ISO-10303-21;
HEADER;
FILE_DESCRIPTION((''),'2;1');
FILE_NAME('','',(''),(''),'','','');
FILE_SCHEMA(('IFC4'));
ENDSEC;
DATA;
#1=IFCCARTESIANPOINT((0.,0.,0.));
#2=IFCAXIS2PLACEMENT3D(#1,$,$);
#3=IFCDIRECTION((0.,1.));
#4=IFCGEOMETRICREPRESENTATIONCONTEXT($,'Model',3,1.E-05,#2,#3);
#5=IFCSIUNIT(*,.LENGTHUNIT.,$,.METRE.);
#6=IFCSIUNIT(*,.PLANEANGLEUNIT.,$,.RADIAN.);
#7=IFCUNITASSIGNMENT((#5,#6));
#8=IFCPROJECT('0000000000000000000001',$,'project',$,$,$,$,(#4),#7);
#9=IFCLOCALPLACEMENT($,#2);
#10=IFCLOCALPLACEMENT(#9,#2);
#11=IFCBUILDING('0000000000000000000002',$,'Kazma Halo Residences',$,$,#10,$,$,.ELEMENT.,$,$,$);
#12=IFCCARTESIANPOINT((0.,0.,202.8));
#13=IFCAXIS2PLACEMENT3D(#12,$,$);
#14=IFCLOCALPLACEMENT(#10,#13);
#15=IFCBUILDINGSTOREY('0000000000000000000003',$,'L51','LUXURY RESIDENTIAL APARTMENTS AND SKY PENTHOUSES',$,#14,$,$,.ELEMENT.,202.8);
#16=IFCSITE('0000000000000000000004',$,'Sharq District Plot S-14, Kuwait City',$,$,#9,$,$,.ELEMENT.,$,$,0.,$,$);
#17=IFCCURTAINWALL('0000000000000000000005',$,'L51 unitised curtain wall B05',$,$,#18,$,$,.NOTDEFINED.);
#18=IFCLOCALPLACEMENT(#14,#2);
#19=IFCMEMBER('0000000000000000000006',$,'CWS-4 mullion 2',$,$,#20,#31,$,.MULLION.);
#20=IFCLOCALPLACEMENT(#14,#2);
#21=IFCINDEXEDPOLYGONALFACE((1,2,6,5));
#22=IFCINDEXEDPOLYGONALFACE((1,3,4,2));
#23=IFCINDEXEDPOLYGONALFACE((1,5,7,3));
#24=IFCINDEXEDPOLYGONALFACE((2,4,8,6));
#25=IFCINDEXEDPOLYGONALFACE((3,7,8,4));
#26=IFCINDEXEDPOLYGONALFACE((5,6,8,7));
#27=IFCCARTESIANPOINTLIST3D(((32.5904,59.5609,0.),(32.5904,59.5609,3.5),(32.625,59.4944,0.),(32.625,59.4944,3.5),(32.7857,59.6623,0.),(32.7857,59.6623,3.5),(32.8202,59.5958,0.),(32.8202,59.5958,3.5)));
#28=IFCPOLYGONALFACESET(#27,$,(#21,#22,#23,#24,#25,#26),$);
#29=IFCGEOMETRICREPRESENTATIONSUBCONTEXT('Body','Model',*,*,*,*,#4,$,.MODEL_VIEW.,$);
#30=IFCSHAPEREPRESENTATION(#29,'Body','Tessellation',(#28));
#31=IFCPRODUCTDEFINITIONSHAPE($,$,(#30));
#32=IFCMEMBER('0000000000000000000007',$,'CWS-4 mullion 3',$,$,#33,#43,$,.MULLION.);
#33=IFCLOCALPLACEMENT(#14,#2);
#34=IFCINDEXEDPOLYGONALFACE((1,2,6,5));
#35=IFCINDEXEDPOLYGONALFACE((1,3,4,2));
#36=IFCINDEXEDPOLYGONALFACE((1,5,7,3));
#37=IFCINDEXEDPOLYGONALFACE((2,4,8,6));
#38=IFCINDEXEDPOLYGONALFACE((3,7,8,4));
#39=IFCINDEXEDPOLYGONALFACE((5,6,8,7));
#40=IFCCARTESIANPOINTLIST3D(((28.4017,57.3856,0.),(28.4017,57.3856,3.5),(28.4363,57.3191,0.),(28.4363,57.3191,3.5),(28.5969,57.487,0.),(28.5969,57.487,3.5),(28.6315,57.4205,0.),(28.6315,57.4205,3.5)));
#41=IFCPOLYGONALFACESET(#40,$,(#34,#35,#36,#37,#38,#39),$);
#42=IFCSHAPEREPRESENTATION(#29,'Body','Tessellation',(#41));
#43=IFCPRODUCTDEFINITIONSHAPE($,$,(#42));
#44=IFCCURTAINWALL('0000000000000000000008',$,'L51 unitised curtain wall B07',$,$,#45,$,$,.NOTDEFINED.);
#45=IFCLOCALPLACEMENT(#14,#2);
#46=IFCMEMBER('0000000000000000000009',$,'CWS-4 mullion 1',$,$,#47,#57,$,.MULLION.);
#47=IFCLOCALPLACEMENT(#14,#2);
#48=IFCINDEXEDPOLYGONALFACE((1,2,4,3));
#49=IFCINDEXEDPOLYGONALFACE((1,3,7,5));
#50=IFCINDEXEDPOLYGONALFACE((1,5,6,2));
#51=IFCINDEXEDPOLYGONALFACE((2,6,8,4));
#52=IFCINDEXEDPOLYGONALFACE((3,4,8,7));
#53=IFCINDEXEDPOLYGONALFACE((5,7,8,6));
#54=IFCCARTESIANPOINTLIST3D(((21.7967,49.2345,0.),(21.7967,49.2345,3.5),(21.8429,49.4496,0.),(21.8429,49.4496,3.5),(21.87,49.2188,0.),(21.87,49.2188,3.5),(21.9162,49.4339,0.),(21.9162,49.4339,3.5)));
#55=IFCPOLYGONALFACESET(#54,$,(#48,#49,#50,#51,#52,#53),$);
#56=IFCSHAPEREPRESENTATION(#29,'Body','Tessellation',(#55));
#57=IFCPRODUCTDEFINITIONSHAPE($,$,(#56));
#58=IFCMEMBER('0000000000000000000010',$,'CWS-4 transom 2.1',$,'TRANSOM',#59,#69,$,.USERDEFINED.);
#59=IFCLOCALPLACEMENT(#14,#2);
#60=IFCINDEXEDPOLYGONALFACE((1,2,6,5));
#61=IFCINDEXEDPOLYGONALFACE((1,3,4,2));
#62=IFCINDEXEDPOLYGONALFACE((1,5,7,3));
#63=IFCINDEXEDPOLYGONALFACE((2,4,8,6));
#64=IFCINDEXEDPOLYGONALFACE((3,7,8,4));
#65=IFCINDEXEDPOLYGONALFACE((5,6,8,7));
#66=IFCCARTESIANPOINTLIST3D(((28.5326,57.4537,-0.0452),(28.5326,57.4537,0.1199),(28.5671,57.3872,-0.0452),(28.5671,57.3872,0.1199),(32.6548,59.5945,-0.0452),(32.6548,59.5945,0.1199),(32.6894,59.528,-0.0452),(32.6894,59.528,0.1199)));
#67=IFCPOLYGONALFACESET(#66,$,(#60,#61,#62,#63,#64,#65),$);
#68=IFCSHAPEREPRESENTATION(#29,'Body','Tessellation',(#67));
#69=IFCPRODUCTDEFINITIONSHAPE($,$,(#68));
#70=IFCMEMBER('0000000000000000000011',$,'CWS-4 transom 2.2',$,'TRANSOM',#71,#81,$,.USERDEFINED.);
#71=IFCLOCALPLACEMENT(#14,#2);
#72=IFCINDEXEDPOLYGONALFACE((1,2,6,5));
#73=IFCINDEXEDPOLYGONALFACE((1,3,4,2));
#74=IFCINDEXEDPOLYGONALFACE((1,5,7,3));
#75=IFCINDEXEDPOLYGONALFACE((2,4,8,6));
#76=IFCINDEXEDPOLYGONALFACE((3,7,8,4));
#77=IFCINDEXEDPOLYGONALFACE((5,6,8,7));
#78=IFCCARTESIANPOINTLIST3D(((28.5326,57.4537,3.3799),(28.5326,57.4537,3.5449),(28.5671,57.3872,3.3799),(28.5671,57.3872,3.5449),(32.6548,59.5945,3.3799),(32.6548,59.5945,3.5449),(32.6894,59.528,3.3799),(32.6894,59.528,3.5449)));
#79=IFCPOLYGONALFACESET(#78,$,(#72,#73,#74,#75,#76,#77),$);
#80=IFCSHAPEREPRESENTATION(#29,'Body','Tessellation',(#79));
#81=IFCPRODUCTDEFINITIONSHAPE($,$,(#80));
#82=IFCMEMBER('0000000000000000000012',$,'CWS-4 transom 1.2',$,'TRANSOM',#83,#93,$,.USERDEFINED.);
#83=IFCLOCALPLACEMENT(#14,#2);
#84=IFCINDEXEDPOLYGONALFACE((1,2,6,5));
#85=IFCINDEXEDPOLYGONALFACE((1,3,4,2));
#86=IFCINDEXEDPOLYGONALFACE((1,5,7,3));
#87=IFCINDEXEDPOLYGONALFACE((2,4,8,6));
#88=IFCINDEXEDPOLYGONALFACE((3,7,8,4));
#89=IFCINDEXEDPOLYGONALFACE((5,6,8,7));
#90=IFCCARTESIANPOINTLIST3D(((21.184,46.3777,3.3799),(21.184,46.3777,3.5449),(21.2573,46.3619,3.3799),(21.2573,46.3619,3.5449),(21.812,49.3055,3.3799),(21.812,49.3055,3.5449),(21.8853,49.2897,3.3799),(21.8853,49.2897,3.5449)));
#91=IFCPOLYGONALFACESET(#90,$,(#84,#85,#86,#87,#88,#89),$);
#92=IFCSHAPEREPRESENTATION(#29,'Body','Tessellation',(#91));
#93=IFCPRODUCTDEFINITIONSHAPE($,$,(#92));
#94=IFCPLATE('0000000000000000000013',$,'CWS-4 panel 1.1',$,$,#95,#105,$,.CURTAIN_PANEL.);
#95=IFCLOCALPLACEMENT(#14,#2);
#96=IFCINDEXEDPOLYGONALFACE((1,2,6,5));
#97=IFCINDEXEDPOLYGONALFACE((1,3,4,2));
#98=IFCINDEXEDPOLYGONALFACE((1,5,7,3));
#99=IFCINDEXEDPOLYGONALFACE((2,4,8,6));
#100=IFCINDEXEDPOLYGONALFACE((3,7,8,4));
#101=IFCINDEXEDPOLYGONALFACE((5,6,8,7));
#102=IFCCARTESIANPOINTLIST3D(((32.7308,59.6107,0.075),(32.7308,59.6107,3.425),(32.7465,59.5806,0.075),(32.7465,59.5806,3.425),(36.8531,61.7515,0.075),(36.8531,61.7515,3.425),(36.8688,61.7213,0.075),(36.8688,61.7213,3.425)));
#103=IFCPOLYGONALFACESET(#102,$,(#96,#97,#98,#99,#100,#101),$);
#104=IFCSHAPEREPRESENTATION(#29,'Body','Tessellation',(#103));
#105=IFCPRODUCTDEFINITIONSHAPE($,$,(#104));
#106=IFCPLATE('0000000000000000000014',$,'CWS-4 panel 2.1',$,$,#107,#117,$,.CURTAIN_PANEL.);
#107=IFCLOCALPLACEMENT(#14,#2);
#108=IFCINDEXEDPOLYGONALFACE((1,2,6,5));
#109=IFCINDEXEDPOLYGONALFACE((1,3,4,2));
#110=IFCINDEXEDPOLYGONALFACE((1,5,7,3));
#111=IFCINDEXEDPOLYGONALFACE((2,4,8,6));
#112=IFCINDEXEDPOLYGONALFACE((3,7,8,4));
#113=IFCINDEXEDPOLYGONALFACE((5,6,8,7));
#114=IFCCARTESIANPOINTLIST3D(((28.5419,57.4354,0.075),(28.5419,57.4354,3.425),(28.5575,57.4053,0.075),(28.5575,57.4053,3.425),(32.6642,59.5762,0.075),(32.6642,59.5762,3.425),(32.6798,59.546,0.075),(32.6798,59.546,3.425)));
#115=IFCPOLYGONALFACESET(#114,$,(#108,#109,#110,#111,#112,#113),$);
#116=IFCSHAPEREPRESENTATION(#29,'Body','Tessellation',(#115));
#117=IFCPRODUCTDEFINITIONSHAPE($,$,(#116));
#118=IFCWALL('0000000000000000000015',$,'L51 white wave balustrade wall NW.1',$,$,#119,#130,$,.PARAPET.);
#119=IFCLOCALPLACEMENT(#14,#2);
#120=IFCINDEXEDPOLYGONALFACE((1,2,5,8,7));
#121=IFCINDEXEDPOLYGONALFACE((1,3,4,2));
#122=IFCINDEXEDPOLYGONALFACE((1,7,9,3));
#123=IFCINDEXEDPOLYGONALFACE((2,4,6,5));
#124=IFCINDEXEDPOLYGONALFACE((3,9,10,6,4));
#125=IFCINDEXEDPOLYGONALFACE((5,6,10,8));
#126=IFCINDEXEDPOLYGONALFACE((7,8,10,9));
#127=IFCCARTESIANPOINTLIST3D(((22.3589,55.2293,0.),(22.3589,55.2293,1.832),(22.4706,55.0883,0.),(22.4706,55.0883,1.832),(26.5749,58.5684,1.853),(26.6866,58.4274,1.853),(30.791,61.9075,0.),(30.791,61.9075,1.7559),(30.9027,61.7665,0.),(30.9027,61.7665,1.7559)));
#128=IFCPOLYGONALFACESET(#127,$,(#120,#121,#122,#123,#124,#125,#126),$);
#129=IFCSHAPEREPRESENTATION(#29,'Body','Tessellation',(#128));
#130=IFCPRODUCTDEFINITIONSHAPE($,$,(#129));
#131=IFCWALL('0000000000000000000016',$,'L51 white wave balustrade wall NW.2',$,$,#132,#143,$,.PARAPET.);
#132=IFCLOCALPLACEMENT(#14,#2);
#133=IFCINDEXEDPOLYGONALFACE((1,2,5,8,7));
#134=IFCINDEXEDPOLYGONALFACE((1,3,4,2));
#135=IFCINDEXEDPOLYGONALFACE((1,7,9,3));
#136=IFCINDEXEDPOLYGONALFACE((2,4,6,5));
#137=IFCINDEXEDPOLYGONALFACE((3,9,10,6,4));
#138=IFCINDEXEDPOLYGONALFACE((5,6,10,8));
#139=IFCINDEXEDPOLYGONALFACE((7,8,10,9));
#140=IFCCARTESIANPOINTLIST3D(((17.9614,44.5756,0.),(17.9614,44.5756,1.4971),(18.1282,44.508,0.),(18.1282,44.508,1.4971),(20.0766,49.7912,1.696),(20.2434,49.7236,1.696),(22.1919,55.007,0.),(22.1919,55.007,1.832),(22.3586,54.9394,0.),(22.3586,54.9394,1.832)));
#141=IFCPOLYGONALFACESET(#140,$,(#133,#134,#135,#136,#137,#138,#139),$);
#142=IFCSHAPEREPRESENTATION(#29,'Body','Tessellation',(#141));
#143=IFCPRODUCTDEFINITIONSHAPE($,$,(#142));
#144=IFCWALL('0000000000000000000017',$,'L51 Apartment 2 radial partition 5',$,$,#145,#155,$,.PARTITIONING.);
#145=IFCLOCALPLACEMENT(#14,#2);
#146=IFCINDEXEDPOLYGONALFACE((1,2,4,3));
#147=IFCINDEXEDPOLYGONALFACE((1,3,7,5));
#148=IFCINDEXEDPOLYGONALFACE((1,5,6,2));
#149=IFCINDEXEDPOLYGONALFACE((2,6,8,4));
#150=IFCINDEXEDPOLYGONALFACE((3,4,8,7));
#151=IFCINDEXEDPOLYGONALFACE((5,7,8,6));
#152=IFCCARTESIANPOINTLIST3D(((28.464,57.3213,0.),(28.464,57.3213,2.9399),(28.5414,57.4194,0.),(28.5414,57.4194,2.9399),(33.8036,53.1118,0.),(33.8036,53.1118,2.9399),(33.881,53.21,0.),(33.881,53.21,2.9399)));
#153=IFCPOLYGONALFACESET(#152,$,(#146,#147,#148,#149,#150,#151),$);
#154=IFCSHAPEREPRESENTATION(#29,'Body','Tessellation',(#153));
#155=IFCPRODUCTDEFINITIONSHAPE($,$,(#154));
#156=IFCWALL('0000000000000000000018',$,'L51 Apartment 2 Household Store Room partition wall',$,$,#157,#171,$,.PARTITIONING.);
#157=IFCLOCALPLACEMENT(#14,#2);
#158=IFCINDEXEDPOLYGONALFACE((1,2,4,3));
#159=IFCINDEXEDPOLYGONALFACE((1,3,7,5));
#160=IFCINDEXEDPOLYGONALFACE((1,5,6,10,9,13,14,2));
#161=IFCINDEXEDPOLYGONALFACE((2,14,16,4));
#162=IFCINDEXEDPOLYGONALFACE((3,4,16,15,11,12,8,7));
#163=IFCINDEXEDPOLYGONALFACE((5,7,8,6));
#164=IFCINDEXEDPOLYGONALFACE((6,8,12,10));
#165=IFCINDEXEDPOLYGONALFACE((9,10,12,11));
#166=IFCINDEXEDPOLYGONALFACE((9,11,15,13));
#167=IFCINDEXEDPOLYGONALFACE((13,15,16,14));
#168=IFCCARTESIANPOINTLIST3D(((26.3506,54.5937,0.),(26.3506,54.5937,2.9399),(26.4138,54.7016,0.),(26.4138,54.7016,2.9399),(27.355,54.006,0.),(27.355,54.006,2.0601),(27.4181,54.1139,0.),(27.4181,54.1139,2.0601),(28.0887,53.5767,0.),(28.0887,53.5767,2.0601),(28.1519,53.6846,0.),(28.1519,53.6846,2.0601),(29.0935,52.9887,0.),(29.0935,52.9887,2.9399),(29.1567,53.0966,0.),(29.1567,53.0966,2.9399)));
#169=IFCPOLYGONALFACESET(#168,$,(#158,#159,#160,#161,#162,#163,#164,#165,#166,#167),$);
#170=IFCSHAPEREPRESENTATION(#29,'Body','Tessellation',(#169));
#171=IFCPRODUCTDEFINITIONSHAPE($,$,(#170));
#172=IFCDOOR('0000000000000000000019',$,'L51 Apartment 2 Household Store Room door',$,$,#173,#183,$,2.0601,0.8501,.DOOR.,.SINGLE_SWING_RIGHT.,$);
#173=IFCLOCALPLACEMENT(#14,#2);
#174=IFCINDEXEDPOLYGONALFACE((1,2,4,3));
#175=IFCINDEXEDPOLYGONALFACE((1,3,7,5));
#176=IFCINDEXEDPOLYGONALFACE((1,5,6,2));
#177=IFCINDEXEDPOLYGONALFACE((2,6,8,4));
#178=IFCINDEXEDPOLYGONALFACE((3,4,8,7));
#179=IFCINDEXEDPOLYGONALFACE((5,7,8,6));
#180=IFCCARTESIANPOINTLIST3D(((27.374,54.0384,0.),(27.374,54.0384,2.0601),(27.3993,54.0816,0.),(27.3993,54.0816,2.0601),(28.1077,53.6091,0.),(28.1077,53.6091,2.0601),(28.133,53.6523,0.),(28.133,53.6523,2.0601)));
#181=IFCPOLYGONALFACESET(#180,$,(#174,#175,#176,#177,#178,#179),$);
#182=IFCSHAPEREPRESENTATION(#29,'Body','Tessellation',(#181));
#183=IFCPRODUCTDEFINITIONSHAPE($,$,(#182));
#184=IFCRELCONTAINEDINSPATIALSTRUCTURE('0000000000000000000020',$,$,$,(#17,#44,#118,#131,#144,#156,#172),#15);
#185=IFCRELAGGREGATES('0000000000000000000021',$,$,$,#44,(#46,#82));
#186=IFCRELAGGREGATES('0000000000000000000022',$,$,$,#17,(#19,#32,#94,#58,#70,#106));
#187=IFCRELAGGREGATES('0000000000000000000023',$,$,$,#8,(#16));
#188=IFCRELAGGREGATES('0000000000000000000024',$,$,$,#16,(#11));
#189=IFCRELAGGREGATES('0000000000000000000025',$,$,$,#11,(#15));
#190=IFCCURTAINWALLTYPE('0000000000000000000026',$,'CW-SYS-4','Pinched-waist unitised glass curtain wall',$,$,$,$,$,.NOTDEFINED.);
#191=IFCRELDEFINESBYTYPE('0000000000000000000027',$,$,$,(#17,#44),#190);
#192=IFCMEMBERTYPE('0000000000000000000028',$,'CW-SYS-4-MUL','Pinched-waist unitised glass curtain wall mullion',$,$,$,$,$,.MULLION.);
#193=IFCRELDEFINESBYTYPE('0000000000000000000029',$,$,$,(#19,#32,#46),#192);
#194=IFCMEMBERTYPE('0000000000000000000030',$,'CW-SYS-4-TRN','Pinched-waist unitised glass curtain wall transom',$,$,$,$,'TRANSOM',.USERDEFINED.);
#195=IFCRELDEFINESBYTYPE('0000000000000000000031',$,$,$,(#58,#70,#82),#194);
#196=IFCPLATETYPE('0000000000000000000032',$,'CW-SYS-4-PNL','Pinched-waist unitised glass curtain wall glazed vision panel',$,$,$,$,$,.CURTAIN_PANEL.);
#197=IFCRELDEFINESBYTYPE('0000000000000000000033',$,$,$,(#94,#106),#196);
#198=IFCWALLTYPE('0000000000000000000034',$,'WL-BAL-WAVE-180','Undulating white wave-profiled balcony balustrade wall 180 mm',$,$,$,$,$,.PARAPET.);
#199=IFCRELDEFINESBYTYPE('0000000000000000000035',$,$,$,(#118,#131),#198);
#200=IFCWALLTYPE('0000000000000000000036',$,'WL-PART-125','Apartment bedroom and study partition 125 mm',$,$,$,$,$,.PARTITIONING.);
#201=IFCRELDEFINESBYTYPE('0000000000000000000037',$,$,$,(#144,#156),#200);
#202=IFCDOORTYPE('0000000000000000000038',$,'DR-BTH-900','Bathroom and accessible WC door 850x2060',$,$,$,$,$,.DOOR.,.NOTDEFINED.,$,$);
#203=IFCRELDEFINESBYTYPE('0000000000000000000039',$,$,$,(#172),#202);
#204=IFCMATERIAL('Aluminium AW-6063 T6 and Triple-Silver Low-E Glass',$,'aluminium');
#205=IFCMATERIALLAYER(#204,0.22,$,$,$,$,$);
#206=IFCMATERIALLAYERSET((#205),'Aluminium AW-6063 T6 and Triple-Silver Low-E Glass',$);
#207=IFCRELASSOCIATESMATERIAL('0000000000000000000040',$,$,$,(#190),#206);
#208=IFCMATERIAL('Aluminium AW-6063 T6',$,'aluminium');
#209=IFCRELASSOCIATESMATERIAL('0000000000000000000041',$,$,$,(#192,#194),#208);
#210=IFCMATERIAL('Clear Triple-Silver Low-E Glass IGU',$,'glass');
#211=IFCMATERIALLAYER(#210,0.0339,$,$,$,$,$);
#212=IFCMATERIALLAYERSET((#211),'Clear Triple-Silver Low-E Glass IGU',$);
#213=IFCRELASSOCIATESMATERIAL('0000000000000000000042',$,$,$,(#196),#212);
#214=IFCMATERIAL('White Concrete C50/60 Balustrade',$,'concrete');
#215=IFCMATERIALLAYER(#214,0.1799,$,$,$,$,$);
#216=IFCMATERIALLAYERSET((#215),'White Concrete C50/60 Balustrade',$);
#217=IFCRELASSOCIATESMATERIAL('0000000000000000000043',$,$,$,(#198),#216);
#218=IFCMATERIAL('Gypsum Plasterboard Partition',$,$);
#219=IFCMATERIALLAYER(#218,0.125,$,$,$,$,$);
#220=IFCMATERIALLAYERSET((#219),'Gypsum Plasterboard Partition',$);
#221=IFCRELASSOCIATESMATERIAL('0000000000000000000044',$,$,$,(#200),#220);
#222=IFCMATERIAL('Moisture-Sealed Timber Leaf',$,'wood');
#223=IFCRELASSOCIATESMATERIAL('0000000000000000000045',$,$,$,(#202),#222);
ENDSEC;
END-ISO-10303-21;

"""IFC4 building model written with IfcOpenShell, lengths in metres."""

from ifc_helpers import new_model, si_unit, direction, frame, frame_2d, origin, origin_2d, place, context, subcontext, project, spatial, polyline, rectangle, outline, extrude, material, layer, layer_set, material_profile, profile_set, type_object, element, fill, aggregate, save


model = new_model("IFC4")

# Units and contexts
model_context = context("Model", 3, precision=1e-05, world=origin(), true_north=direction((0.0, 1.0)))
body_context = subcontext(model_context, "Body", "Model", "MODEL_VIEW")
ifc_project = project(units=[si_unit("LENGTHUNIT", "METRE"), si_unit("PLANEANGLEUNIT", "RADIAN")], contexts=[model_context])

# Site, building, storey
site_placement = place(None, origin())
site = spatial("IfcSite", under=ifc_project, at=site_placement, Name="Sharq District Plot S-14, Kuwait City", CompositionType="ELEMENT", RefElevation=0.0)
building_placement = place(site_placement, origin())
building = spatial("IfcBuilding", under=site, at=building_placement, Name="Kazma Halo Residences", CompositionType="ELEMENT")
storey_placement = place(building_placement, frame((0.0, 0.0, 202.8)))
storey = spatial("IfcBuildingStorey", under=building, at=storey_placement, Name="L51", Description="LUXURY RESIDENTIAL APARTMENTS AND SKY PENTHOUSES", CompositionType="ELEMENT", Elevation=202.8)

# Curtain wall, members
ifc_material_1 = material(Name="Aluminium AW-6063 T6 and Triple-Silver Low-E Glass", Category="aluminium")
ifc_layer_1 = layer(ifc_material_1, 0.22)
ifc_layer_set_1 = layer_set([ifc_layer_1], Name="Aluminium AW-6063 T6 and Triple-Silver Low-E Glass")
curtain_wall_type = type_object("IfcCurtainWallType", Name="CW-SYS-4", Description="Pinched-waist unitised glass curtain wall", PredefinedType="NOTDEFINED", material=ifc_layer_set_1)
curtain_wall_1_placement = place(storey_placement, origin())
curtain_wall_1 = element("IfcCurtainWall", 1, at=curtain_wall_1_placement, inside=storey, type_object=curtain_wall_type, Name="L51 unitised curtain wall B05", PredefinedType="NOTDEFINED")
ifc_material_2 = material(Name="Aluminium AW-6063 T6", Category="aluminium")
ifc_material_profile_1 = material_profile(ifc_material_2, rectangle(XDim=0.075, YDim=0.22, at=origin_2d()), Name="CWM-75x220")
ifc_profile_set_1 = profile_set([ifc_material_profile_1], Name="Aluminium AW-6063 T6")
member_type_1 = type_object("IfcMemberType", Name="CW-SYS-4-MUL", Description="Pinched-waist unitised glass curtain wall mullion", PredefinedType="MULLION", material=ifc_profile_set_1)
member_1_placement = place(storey_placement, frame((32.7053, 59.5784, 0.0), z_axis=(0.0, 0.0, 1.0), x_axis=(0.460874, -0.887466, 0.0)))
member_1 = element("IfcMember", 2, at=member_1_placement, type_object=member_type_1, Name="CWS-4 mullion 2", PredefinedType="MULLION", context=body_context, shape_type="SweptSolid", body=[
    extrude(rectangle(XDim=0.075, YDim=0.22, at=origin_2d()), origin(), (0.0, 0.0, 1.0), 3.5),
])
member_2_placement = place(storey_placement, frame((28.5166, 57.4031, 0.0), z_axis=(0.0, 0.0, 1.0), x_axis=(0.460874, -0.887466, 0.0)))
member_2 = element("IfcMember", 3, at=member_2_placement, type_object=member_type_1, Name="CWS-4 mullion 3", PredefinedType="MULLION", context=body_context, shape_type="SweptSolid", body=[
    extrude(rectangle(XDim=0.075, YDim=0.22, at=origin_2d()), origin(), (0.0, 0.0, 1.0), 3.5),
])

# Curtain wall, member
curtain_wall_2_placement = place(storey_placement, origin())
curtain_wall_2 = element("IfcCurtainWall", 4, at=curtain_wall_2_placement, inside=storey, type_object=curtain_wall_type, Name="L51 unitised curtain wall B07", PredefinedType="NOTDEFINED")
member_3_placement = place(storey_placement, frame((21.8564, 49.3342, 0.0), z_axis=(0.0, 0.0, 1.0), x_axis=(0.977768, -0.20969, 0.0)))
member_3 = element("IfcMember", 5, at=member_3_placement, type_object=member_type_1, Name="CWS-4 mullion 1", PredefinedType="MULLION", context=body_context, shape_type="SweptSolid", body=[
    extrude(rectangle(XDim=0.075, YDim=0.22, at=origin_2d()), origin(), (0.0, 0.0, 1.0), 3.5),
])

# Members
ifc_material_profile_2 = material_profile(ifc_material_2, rectangle(XDim=0.075, YDim=0.165, at=origin_2d()), Name="CWT-75x165")
ifc_profile_set_2 = profile_set([ifc_material_profile_2], Name="Aluminium AW-6063 T6")
member_type_2 = type_object("IfcMemberType", Name="CW-SYS-4-TRN", Description="Pinched-waist unitised glass curtain wall transom", ElementType="TRANSOM", PredefinedType="USERDEFINED", material=ifc_profile_set_2)
member_4_placement = place(storey_placement, frame((32.6721, 59.5613, 0.0374), z_axis=(-0.887458, -0.460889, 0.0), x_axis=(0.460889, -0.887458, 0.0)))
member_4 = element("IfcMember", 6, at=member_4_placement, type_object=member_type_2, Name="CWS-4 transom 2.1", ObjectType="TRANSOM", PredefinedType="USERDEFINED", context=body_context, shape_type="SweptSolid", body=[
    extrude(rectangle(XDim=0.075, YDim=0.165, at=origin_2d()), origin(), (0.0, 0.0, 1.0), 4.645),
])
member_5_placement = place(storey_placement, frame((32.6721, 59.5613, 3.4624), z_axis=(-0.887458, -0.460889, 0.0), x_axis=(0.460889, -0.887458, 0.0)))
member_5 = element("IfcMember", 7, at=member_5_placement, type_object=member_type_2, Name="CWS-4 transom 2.2", ObjectType="TRANSOM", PredefinedType="USERDEFINED", context=body_context, shape_type="SweptSolid", body=[
    extrude(rectangle(XDim=0.075, YDim=0.165, at=origin_2d()), origin(), (0.0, 0.0, 1.0), 4.645),
])
member_6_placement = place(storey_placement, frame((21.8486, 49.2976, 3.4624), z_axis=(-0.209707, -0.977764, 0.0), x_axis=(0.977764, -0.209707, 0.0)))
member_6 = element("IfcMember", 8, at=member_6_placement, type_object=member_type_2, Name="CWS-4 transom 1.2", ObjectType="TRANSOM", PredefinedType="USERDEFINED", context=body_context, shape_type="SweptSolid", body=[
    extrude(rectangle(XDim=0.075, YDim=0.165, at=origin_2d()), origin(), (0.0, 0.0, 1.0), 2.9944),
])
aggregate(curtain_wall_2, [member_3, member_6])

# Plates
ifc_material_3 = material(Name="Clear Triple-Silver Low-E Glass IGU", Category="glass")
ifc_layer_2 = layer(ifc_material_3, 0.0339)
ifc_layer_set_2 = layer_set([ifc_layer_2], Name="Clear Triple-Silver Low-E Glass IGU")
plate_type = type_object("IfcPlateType", Name="CW-SYS-4-PNL", Description="Pinched-waist unitised glass curtain wall glazed vision panel", PredefinedType="CURTAIN_PANEL", material=ifc_layer_set_2)
plate_1_placement = place(storey_placement, frame((34.7998, 60.666, 0.075), z_axis=(0.0, 0.0, 1.0), x_axis=(-0.887466, -0.460874, 0.0)))
plate_1 = element("IfcPlate", 9, at=plate_1_placement, type_object=plate_type, Name="CWS-4 panel 1.1", PredefinedType="CURTAIN_PANEL", context=body_context, shape_type="SweptSolid", body=[
    extrude(rectangle(XDim=4.645, YDim=0.0339, at=origin_2d()), origin(), (0.0, 0.0, 1.0), 3.3501),
])
plate_2_placement = place(storey_placement, frame((30.6108, 58.4907, 0.075), z_axis=(0.0, 0.0, 1.0), x_axis=(-0.887466, -0.460874, 0.0)))
plate_2 = element("IfcPlate", 10, at=plate_2_placement, type_object=plate_type, Name="CWS-4 panel 2.1", PredefinedType="CURTAIN_PANEL", context=body_context, shape_type="SweptSolid", body=[
    extrude(rectangle(XDim=4.645, YDim=0.0339, at=origin_2d()), origin(), (0.0, 0.0, 1.0), 3.3501),
])
aggregate(curtain_wall_1, [member_1, member_2, plate_1, member_4, member_5, plate_2])

# Walls
ifc_material_4 = material(Name="White Concrete C50/60 Balustrade", Category="concrete")
ifc_layer_3 = layer(ifc_material_4, 0.1799)
ifc_layer_set_3 = layer_set([ifc_layer_3], Name="White Concrete C50/60 Balustrade")
wall_type_1 = type_object("IfcWallType", Name="WL-BAL-WAVE-180", Description="Undulating white wave-profiled balcony balustrade wall 180 mm", PredefinedType="PARAPET", material=ifc_layer_set_3)
wall_1_placement = place(storey_placement, frame((30.8469, 61.8369, 0.0), z_axis=(0.0, 0.0, 1.0), x_axis=(-0.78392, -0.620862, 0.0)))
element("IfcWall", 11, at=wall_1_placement, inside=storey, type_object=wall_type_1, Name="L51 white wave balustrade wall NW.1", PredefinedType="PARAPET", context=body_context, shape_type="SweptSolid", body=[
    extrude(outline(polyline([(0.0, 0.0), (10.7563, 0.0), (10.7563, 1.832), (5.3782, 1.853), (0.0, 1.7559), (0.0, 0.0)])), frame((0.0, 0.0898, 0.0), z_axis=(0.0, -1.0, 0.0), x_axis=(1.0, 0.0, 0.0)), (0.0, 0.0, 1.0), 0.1799),
])
wall_2_placement = place(storey_placement, frame((22.2754, 54.9731, 0.0), z_axis=(0.0, 0.0, 1.0), x_axis=(-0.375821, -0.926692, 0.0)))
element("IfcWall", 12, at=wall_2_placement, inside=storey, type_object=wall_type_1, Name="L51 white wave balustrade wall NW.2", PredefinedType="PARAPET", context=body_context, shape_type="SweptSolid", body=[
    extrude(outline(polyline([(0.0, 0.0), (11.2566, 0.0), (11.2566, 1.4971), (5.6284, 1.696), (0.0, 1.832), (0.0, 0.0)])), frame((0.0, 0.0898, 0.0), z_axis=(0.0, -1.0, 0.0), x_axis=(1.0, 0.0, 0.0)), (0.0, 0.0, 1.0), 0.1799),
])

# Wall
ifc_material_5 = material(Name="Gypsum Plasterboard Partition")
ifc_layer_4 = layer(ifc_material_5, 0.125)
ifc_layer_set_4 = layer_set([ifc_layer_4], Name="Gypsum Plasterboard Partition")
wall_type_2 = type_object("IfcWallType", Name="WL-PART-125", Description="Apartment bedroom and study partition 125 mm", PredefinedType="PARTITIONING", material=ifc_layer_set_4)
wall_3_placement = place(storey_placement, frame((33.8423, 53.1609, 0.0), z_axis=(0.0, 0.0, 1.0), x_axis=(-0.785312, 0.6191, 0.0)))
element("IfcWall", 13, at=wall_3_placement, inside=storey, type_object=wall_type_2, Name="L51 Apartment 2 radial partition 5", PredefinedType="PARTITIONING", context=body_context, shape_type="SweptSolid", body=[
    extrude(rectangle(XDim=6.7993, YDim=0.125, at=frame_2d((3.3997, 0.0))), origin(), (0.0, 0.0, 1.0), 2.9399),
])

# Wall, opening, door
wall_4_placement = place(storey_placement, frame((29.125, 53.0427, 0.0), z_axis=(0.0, 0.0, 1.0), x_axis=(-0.863101, 0.505031, 0.0)))
wall_4 = element("IfcWall", 14, at=wall_4_placement, inside=storey, type_object=wall_type_2, Name="L51 Apartment 2 Household Store Room partition wall", PredefinedType="PARTITIONING", context=body_context, shape_type="SweptSolid", body=[
    extrude(rectangle(XDim=3.178, YDim=0.125, at=frame_2d((1.5889, 0.0))), origin(), (0.0, 0.0, 1.0), 2.9399),
])
opening_1_placement = place(wall_4_placement, frame((1.1641, 0.0, 0.0)))
opening_1 = element("IfcOpeningElement", 15, at=opening_1_placement, cuts=wall_4, PredefinedType="OPENING", context=body_context, shape_type="SweptSolid", body=[
    extrude(rectangle(XDim=0.8501, YDim=2.0601, at=frame_2d((0.425, 1.03))), frame((0.0, 0.0725, 0.0), z_axis=(0.0, -1.0, 0.0), x_axis=(1.0, 0.0, 0.0)), (0.0, 0.0, 1.0), 0.145),
])
ifc_material_6 = material(Name="Moisture-Sealed Timber Leaf", Category="wood")
door_type_1 = type_object("IfcDoorType", Name="DR-BTH-900", Description="Bathroom and accessible WC door 850x2060", OperationType="NOTDEFINED", PredefinedType="DOOR", material=ifc_material_6)
door_1_placement = place(opening_1_placement, origin())
door_1 = element("IfcDoor", 16, at=door_1_placement, inside=storey, type_object=door_type_1, Name="L51 Apartment 2 Household Store Room door", OperationType="SINGLE_SWING_RIGHT", OverallHeight=2.0601, OverallWidth=0.8501, PredefinedType="DOOR", context=body_context, shape_type="SweptSolid", body=[
    extrude(rectangle(XDim=0.8501, YDim=2.0601, at=frame_2d((0.425, 1.03))), frame((0.0, 0.0249, 0.0), z_axis=(0.0, -1.0, 0.0), x_axis=(1.0, 0.0, 0.0)), (0.0, 0.0, 1.0), 0.05),
])
fill(opening_1, door_1)

save(model, "model.ifc")
